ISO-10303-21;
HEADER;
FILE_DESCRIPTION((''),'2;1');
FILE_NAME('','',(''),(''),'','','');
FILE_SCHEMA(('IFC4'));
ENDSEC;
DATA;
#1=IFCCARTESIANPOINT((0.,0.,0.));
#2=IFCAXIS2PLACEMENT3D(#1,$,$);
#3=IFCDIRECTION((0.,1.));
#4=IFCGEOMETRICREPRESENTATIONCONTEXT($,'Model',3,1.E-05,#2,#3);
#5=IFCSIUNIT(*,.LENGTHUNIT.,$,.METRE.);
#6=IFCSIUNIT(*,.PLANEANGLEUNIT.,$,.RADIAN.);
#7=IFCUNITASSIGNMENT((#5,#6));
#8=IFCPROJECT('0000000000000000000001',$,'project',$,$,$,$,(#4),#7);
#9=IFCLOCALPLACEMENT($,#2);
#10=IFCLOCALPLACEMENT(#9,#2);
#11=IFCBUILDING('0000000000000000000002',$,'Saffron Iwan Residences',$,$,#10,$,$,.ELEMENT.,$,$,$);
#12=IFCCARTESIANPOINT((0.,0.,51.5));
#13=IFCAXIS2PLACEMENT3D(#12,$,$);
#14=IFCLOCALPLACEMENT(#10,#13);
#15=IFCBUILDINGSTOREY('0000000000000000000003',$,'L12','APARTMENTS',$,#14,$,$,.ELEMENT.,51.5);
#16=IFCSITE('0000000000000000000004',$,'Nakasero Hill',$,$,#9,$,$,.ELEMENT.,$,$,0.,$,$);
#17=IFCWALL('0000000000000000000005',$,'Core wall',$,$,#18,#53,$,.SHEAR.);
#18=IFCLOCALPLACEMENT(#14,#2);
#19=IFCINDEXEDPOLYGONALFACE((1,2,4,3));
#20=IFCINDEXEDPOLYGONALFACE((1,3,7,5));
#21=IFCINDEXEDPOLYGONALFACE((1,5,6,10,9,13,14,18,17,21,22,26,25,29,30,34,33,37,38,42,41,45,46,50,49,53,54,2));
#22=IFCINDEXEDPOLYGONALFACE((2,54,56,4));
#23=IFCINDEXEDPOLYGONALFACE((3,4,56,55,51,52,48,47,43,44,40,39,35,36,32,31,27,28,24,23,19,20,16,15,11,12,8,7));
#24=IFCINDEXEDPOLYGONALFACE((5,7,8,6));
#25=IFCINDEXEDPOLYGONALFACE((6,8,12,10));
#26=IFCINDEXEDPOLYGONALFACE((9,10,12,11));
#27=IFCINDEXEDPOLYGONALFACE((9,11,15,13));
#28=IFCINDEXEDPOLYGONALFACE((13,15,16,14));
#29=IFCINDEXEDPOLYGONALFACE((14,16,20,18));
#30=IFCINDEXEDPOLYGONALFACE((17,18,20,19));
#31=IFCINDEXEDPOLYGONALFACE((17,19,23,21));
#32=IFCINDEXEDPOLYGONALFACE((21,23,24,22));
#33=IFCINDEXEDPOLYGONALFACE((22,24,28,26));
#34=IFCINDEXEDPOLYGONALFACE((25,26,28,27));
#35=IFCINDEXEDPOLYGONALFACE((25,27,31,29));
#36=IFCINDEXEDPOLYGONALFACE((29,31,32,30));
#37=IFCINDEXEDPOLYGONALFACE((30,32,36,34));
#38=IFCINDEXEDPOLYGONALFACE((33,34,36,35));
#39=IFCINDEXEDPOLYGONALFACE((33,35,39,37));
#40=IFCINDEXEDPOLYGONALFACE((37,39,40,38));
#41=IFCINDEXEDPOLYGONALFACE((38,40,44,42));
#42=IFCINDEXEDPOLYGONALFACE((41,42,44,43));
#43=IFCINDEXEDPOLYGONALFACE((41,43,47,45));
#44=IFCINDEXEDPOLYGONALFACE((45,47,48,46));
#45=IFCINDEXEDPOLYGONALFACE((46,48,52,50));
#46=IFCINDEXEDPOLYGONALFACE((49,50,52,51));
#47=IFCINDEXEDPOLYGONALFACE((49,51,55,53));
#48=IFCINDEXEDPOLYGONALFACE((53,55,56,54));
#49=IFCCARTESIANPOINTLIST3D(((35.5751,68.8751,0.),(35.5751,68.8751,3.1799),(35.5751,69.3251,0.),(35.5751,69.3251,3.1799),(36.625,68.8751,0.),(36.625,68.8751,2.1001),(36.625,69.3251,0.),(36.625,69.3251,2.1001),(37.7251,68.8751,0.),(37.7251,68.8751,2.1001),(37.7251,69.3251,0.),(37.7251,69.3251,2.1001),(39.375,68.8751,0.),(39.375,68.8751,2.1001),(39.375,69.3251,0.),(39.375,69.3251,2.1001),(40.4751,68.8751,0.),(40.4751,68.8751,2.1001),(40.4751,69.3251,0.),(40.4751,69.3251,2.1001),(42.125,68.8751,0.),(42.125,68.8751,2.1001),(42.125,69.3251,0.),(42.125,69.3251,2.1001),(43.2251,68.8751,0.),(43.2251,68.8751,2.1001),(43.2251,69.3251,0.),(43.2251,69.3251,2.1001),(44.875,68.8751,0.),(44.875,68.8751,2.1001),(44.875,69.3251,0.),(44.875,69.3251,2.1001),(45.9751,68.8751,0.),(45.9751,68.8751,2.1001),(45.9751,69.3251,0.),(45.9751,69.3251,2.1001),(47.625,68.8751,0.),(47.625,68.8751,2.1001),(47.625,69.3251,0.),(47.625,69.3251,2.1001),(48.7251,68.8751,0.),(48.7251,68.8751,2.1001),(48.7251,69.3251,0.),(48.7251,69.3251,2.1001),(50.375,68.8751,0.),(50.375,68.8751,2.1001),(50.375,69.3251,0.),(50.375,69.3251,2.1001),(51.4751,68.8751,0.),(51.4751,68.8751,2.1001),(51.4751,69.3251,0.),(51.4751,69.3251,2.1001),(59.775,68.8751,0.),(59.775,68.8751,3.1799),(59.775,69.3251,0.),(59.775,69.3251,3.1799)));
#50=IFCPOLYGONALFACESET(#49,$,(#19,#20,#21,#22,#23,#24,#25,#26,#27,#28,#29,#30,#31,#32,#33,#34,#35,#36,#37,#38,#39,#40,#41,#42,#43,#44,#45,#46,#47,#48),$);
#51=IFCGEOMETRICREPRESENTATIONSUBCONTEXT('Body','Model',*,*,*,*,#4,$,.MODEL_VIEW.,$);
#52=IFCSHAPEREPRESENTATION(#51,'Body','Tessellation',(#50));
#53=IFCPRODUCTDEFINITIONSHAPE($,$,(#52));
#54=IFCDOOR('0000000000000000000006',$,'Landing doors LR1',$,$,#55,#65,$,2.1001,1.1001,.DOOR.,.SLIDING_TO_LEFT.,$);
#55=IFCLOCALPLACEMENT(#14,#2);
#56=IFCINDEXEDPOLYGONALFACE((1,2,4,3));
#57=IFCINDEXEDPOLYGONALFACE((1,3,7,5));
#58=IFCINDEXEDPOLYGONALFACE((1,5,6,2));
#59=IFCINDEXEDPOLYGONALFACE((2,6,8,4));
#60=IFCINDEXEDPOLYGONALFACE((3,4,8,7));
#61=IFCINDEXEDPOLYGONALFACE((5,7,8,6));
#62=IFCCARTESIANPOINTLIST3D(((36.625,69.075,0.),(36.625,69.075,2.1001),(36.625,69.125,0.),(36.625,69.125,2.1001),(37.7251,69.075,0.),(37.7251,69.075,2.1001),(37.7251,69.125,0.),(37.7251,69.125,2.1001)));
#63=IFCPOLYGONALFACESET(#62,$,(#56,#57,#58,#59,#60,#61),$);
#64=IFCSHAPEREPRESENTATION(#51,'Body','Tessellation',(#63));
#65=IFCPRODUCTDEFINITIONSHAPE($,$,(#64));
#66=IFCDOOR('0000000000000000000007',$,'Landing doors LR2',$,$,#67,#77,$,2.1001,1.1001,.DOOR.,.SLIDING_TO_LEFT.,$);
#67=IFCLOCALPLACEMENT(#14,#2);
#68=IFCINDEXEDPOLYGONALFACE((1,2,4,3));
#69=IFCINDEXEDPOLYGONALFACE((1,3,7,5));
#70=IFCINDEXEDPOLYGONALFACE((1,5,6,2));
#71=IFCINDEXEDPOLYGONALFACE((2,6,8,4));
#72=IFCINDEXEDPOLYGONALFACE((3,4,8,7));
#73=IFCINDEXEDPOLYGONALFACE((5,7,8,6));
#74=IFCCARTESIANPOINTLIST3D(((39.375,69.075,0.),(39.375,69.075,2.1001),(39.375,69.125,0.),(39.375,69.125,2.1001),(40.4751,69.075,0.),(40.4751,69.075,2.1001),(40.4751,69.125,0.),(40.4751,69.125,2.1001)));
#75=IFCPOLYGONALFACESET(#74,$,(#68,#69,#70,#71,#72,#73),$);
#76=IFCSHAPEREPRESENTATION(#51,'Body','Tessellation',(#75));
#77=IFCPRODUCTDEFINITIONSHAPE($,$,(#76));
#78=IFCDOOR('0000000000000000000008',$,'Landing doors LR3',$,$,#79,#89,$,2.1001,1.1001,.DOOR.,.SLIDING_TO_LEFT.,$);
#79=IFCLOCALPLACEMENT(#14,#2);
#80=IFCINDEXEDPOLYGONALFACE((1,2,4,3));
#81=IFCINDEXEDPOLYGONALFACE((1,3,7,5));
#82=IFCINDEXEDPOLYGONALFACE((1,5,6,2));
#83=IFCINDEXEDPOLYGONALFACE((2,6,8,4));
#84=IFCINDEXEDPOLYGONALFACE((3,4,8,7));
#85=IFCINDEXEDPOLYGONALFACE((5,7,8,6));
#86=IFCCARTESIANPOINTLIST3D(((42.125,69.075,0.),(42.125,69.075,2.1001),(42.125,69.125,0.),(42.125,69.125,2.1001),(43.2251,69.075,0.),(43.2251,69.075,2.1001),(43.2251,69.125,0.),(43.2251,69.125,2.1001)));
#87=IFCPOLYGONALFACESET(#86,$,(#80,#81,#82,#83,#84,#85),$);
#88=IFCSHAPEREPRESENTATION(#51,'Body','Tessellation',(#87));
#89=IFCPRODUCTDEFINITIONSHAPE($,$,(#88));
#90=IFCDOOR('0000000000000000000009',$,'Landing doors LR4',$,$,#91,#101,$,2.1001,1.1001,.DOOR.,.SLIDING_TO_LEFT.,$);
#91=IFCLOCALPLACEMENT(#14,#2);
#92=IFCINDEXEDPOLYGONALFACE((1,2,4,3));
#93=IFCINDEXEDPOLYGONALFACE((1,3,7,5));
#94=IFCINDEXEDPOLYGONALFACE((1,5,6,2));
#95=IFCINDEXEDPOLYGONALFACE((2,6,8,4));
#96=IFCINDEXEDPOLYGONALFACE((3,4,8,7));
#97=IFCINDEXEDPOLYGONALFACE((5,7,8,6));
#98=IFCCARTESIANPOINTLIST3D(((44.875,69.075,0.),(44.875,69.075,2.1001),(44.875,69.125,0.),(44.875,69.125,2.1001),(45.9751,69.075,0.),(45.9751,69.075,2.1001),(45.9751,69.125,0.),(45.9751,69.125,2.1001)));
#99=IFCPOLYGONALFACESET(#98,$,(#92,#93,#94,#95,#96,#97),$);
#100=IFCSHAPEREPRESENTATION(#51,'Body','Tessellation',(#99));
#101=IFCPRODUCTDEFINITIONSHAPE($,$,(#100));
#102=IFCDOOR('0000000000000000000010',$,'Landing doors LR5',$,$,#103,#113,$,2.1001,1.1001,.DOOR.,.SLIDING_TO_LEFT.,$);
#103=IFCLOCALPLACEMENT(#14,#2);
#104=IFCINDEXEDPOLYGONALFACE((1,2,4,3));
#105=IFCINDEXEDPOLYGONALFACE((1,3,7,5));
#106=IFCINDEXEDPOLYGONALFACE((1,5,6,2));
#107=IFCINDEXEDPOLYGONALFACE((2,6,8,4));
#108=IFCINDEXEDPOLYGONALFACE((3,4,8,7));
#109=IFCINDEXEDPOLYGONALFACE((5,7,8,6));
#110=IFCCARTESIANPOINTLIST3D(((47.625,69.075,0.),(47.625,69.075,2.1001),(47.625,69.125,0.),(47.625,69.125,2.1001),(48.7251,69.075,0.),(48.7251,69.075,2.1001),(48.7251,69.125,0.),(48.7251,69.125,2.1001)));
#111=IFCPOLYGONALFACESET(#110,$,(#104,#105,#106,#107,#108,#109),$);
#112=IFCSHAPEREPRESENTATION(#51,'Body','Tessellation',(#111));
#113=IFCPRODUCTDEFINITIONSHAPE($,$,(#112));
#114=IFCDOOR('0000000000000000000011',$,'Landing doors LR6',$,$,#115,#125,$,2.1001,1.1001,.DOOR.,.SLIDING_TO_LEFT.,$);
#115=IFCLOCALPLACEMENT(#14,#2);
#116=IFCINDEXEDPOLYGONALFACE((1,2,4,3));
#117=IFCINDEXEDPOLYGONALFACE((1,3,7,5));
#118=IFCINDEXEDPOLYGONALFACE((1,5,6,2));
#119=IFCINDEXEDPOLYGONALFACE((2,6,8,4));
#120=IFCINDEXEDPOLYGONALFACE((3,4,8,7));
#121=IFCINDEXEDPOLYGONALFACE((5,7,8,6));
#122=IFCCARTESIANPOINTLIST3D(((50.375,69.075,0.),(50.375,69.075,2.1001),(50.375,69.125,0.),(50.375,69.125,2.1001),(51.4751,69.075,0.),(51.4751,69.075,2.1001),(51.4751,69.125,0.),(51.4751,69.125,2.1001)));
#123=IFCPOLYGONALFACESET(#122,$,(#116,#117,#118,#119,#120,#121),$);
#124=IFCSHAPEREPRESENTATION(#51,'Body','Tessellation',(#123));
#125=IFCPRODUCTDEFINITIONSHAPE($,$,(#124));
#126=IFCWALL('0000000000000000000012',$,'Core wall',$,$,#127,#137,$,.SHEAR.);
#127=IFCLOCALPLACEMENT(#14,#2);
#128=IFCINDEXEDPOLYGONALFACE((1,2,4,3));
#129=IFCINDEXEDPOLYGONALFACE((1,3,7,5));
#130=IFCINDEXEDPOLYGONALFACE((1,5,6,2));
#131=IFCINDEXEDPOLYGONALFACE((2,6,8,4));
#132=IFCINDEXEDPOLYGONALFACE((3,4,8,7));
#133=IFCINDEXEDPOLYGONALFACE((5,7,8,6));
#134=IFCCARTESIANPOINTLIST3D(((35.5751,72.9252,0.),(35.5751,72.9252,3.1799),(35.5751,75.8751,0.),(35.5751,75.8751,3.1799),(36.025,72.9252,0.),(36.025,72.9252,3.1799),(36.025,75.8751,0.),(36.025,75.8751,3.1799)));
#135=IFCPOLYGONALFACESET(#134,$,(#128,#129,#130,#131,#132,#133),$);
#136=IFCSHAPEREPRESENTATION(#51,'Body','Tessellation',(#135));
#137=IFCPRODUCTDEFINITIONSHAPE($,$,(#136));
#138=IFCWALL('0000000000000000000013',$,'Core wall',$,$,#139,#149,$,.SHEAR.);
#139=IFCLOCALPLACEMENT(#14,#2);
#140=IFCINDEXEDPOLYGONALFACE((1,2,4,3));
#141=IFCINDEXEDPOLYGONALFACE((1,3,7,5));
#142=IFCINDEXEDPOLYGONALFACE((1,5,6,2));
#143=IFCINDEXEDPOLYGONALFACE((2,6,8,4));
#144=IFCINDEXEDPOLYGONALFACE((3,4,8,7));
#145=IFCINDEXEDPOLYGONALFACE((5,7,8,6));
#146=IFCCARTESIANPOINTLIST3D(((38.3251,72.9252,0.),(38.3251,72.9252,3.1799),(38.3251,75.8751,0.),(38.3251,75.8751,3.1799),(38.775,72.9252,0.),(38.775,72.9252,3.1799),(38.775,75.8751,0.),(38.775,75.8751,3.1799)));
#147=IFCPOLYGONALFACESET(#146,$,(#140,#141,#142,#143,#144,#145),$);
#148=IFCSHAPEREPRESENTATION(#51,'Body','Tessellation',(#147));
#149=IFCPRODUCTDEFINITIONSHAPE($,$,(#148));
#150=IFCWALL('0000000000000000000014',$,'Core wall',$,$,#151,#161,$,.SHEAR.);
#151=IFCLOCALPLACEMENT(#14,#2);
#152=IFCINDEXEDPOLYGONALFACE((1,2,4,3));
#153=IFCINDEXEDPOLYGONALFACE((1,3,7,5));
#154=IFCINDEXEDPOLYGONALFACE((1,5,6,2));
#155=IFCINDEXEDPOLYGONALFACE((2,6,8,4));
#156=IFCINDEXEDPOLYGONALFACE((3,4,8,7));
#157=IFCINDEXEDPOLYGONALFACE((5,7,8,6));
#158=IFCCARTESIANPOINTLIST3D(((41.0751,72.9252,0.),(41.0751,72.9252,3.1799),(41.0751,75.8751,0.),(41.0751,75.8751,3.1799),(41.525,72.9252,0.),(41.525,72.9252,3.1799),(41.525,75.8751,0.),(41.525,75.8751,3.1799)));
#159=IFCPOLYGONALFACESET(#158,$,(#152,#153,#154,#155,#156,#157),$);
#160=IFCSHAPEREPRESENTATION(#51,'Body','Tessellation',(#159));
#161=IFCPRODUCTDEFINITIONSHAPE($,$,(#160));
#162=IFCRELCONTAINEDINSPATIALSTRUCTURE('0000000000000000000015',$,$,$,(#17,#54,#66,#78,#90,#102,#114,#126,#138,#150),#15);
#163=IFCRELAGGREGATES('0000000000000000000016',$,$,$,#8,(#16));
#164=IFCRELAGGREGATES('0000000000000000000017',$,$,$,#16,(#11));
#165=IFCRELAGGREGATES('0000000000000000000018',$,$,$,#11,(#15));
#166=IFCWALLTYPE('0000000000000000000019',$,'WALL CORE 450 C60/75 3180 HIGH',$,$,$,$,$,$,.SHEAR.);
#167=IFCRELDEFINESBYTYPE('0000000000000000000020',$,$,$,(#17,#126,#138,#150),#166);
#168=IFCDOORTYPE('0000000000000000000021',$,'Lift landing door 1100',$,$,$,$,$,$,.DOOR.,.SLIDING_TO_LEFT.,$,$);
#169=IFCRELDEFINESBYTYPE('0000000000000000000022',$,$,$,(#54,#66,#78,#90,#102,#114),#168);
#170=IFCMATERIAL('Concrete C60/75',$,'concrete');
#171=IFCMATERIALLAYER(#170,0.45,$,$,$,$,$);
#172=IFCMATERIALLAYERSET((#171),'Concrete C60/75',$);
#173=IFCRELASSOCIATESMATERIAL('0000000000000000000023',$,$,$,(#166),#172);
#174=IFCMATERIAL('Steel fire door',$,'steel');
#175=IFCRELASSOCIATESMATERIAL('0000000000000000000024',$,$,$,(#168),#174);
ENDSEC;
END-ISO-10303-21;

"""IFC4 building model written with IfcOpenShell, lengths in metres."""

from ifc_helpers import new_model, si_unit, direction, frame, frame_2d, origin, place, context, subcontext, project, spatial, rectangle, extrude, material, layer, layer_set, type_object, element, fill, save


model = new_model("IFC4")

# Units and contexts
model_context = context("Model", 3, precision=1e-05, world=origin(), true_north=direction((0.0, 1.0)))
body_context = subcontext(model_context, "Body", "Model", "MODEL_VIEW")
ifc_project = project(units=[si_unit("LENGTHUNIT", "METRE"), si_unit("PLANEANGLEUNIT", "RADIAN")], contexts=[model_context])

# Site, building, storey
site_placement = place(None, origin())
site = spatial("IfcSite", under=ifc_project, at=site_placement, Name="Nakasero Hill", CompositionType="ELEMENT", RefElevation=0.0)
building_placement = place(site_placement, origin())
building = spatial("IfcBuilding", under=site, at=building_placement, Name="Saffron Iwan Residences", CompositionType="ELEMENT")
storey_placement = place(building_placement, frame((0.0, 0.0, 51.5)))
storey = spatial("IfcBuildingStorey", under=building, at=storey_placement, Name="L12", Description="APARTMENTS", CompositionType="ELEMENT", Elevation=51.5)

# Shared definitions
ifc_material_1 = material(Name="Concrete C60/75", Category="concrete")

# Shared definitions
ifc_material_2 = material(Name="Steel fire door", Category="steel")

# Wall, openings, doors
ifc_layer_1 = layer(ifc_material_1, 0.45)
ifc_layer_set_1 = layer_set([ifc_layer_1], Name="Concrete C60/75")
wall_type_1 = type_object("IfcWallType", Name="WALL CORE 450 C60/75 3180 HIGH", PredefinedType="SHEAR", material=ifc_layer_set_1)
wall_1_placement = place(storey_placement, frame((35.575, 69.1001, 0.0), z_axis=(0.0, 0.0, 1.0), x_axis=(1.0, 0.0, 0.0)))
wall_1 = element("IfcWall", 1, at=wall_1_placement, inside=storey, type_object=wall_type_1, Name="Core wall", PredefinedType="SHEAR", context=body_context, shape_type="SweptSolid", body=[
    extrude(rectangle(XDim=24.2, YDim=0.45, at=frame_2d((12.1001, 0.0))), origin(), (0.0, 0.0, 1.0), 3.1799),
])
opening_1_placement = place(wall_1_placement, frame((1.05, 0.0, 0.0)))
opening_1 = element("IfcOpeningElement", 2, at=opening_1_placement, cuts=wall_1, PredefinedType="OPENING", context=body_context, shape_type="SweptSolid", body=[
    extrude(rectangle(XDim=1.1001, YDim=2.1001, at=frame_2d((0.55, 1.05))), frame((0.0, 0.2349, 0.0), z_axis=(0.0, -1.0, 0.0), x_axis=(1.0, 0.0, 0.0)), (0.0, 0.0, 1.0), 0.47),
])
opening_2_placement = place(wall_1_placement, frame((3.8, 0.0, 0.0)))
opening_2 = element("IfcOpeningElement", 3, at=opening_2_placement, cuts=wall_1, PredefinedType="OPENING", context=body_context, shape_type="SweptSolid", body=[
    extrude(rectangle(XDim=1.1001, YDim=2.1001, at=frame_2d((0.55, 1.05))), frame((0.0, 0.2349, 0.0), z_axis=(0.0, -1.0, 0.0), x_axis=(1.0, 0.0, 0.0)), (0.0, 0.0, 1.0), 0.47),
])
opening_3_placement = place(wall_1_placement, frame((6.55, 0.0, 0.0)))
opening_3 = element("IfcOpeningElement", 4, at=opening_3_placement, cuts=wall_1, PredefinedType="OPENING", context=body_context, shape_type="SweptSolid", body=[
    extrude(rectangle(XDim=1.1001, YDim=2.1001, at=frame_2d((0.55, 1.05))), frame((0.0, 0.2349, 0.0), z_axis=(0.0, -1.0, 0.0), x_axis=(1.0, 0.0, 0.0)), (0.0, 0.0, 1.0), 0.47),
])
opening_4_placement = place(wall_1_placement, frame((9.3, 0.0, 0.0)))
opening_4 = element("IfcOpeningElement", 5, at=opening_4_placement, cuts=wall_1, PredefinedType="OPENING", context=body_context, shape_type="SweptSolid", body=[
    extrude(rectangle(XDim=1.1001, YDim=2.1001, at=frame_2d((0.55, 1.05))), frame((0.0, 0.2349, 0.0), z_axis=(0.0, -1.0, 0.0), x_axis=(1.0, 0.0, 0.0)), (0.0, 0.0, 1.0), 0.47),
])
opening_5_placement = place(wall_1_placement, frame((12.05, 0.0, 0.0)))
opening_5 = element("IfcOpeningElement", 6, at=opening_5_placement, cuts=wall_1, PredefinedType="OPENING", context=body_context, shape_type="SweptSolid", body=[
    extrude(rectangle(XDim=1.1001, YDim=2.1001, at=frame_2d((0.55, 1.05))), frame((0.0, 0.2349, 0.0), z_axis=(0.0, -1.0, 0.0), x_axis=(1.0, 0.0, 0.0)), (0.0, 0.0, 1.0), 0.47),
])
opening_6_placement = place(wall_1_placement, frame((14.8, 0.0, 0.0)))
opening_6 = element("IfcOpeningElement", 7, at=opening_6_placement, cuts=wall_1, PredefinedType="OPENING", context=body_context, shape_type="SweptSolid", body=[
    extrude(rectangle(XDim=1.1001, YDim=2.1001, at=frame_2d((0.55, 1.05))), frame((0.0, 0.2349, 0.0), z_axis=(0.0, -1.0, 0.0), x_axis=(1.0, 0.0, 0.0)), (0.0, 0.0, 1.0), 0.47),
])
door_type_1 = type_object("IfcDoorType", Name="Lift landing door 1100", OperationType="SLIDING_TO_LEFT", PredefinedType="DOOR", material=ifc_material_2)
door_1_placement = place(opening_1_placement, origin())
door_1 = element("IfcDoor", 8, at=door_1_placement, inside=storey, type_object=door_type_1, Name="Landing doors LR1", OperationType="SLIDING_TO_LEFT", OverallHeight=2.1001, OverallWidth=1.1001, PredefinedType="DOOR", context=body_context, shape_type="SweptSolid", body=[
    extrude(rectangle(XDim=1.1001, YDim=2.1001, at=frame_2d((0.55, 1.05))), frame((0.0, 0.0249, 0.0), z_axis=(0.0, -1.0, 0.0), x_axis=(1.0, 0.0, 0.0)), (0.0, 0.0, 1.0), 0.05),
])
fill(opening_1, door_1)
door_2_placement = place(opening_2_placement, origin())
door_2 = element("IfcDoor", 9, at=door_2_placement, inside=storey, type_object=door_type_1, Name="Landing doors LR2", OperationType="SLIDING_TO_LEFT", OverallHeight=2.1001, OverallWidth=1.1001, PredefinedType="DOOR", context=body_context, shape_type="SweptSolid", body=[
    extrude(rectangle(XDim=1.1001, YDim=2.1001, at=frame_2d((0.55, 1.05))), frame((0.0, 0.0249, 0.0), z_axis=(0.0, -1.0, 0.0), x_axis=(1.0, 0.0, 0.0)), (0.0, 0.0, 1.0), 0.05),
])
fill(opening_2, door_2)
door_3_placement = place(opening_3_placement, origin())
door_3 = element("IfcDoor", 10, at=door_3_placement, inside=storey, type_object=door_type_1, Name="Landing doors LR3", OperationType="SLIDING_TO_LEFT", OverallHeight=2.1001, OverallWidth=1.1001, PredefinedType="DOOR", context=body_context, shape_type="SweptSolid", body=[
    extrude(rectangle(XDim=1.1001, YDim=2.1001, at=frame_2d((0.55, 1.05))), frame((0.0, 0.0249, 0.0), z_axis=(0.0, -1.0, 0.0), x_axis=(1.0, 0.0, 0.0)), (0.0, 0.0, 1.0), 0.05),
])
fill(opening_3, door_3)
door_4_placement = place(opening_4_placement, origin())
door_4 = element("IfcDoor", 11, at=door_4_placement, inside=storey, type_object=door_type_1, Name="Landing doors LR4", OperationType="SLIDING_TO_LEFT", OverallHeight=2.1001, OverallWidth=1.1001, PredefinedType="DOOR", context=body_context, shape_type="SweptSolid", body=[
    extrude(rectangle(XDim=1.1001, YDim=2.1001, at=frame_2d((0.55, 1.05))), frame((0.0, 0.0249, 0.0), z_axis=(0.0, -1.0, 0.0), x_axis=(1.0, 0.0, 0.0)), (0.0, 0.0, 1.0), 0.05),
])
fill(opening_4, door_4)
door_5_placement = place(opening_5_placement, origin())
door_5 = element("IfcDoor", 12, at=door_5_placement, inside=storey, type_object=door_type_1, Name="Landing doors LR5", OperationType="SLIDING_TO_LEFT", OverallHeight=2.1001, OverallWidth=1.1001, PredefinedType="DOOR", context=body_context, shape_type="SweptSolid", body=[
    extrude(rectangle(XDim=1.1001, YDim=2.1001, at=frame_2d((0.55, 1.05))), frame((0.0, 0.0249, 0.0), z_axis=(0.0, -1.0, 0.0), x_axis=(1.0, 0.0, 0.0)), (0.0, 0.0, 1.0), 0.05),
])
fill(opening_5, door_5)
door_6_placement = place(opening_6_placement, origin())
door_6 = element("IfcDoor", 13, at=door_6_placement, inside=storey, type_object=door_type_1, Name="Landing doors LR6", OperationType="SLIDING_TO_LEFT", OverallHeight=2.1001, OverallWidth=1.1001, PredefinedType="DOOR", context=body_context, shape_type="SweptSolid", body=[
    extrude(rectangle(XDim=1.1001, YDim=2.1001, at=frame_2d((0.55, 1.05))), frame((0.0, 0.0249, 0.0), z_axis=(0.0, -1.0, 0.0), x_axis=(1.0, 0.0, 0.0)), (0.0, 0.0, 1.0), 0.05),
])
fill(opening_6, door_6)

# Walls
for number, where, z_axis, x_axis, name in (
    (14, (35.8, 72.925, 0.0), (0.0, 0.0, 1.0), (0.0, 1.0, 0.0), "Core wall"),
    (15, (38.55, 72.925, 0.0), (0.0, 0.0, 1.0), (0.0, 1.0, 0.0), "Core wall"),
    (16, (41.3, 72.925, 0.0), (0.0, 0.0, 1.0), (0.0, 1.0, 0.0), "Core wall"),
):
    element("IfcWall", number, at=place(storey_placement, frame(where, z_axis=z_axis, x_axis=x_axis)), inside=storey, type_object=wall_type_1, Name=name, PredefinedType="SHEAR", context=body_context, shape_type="SweptSolid", body=[
        extrude(rectangle(XDim=2.95, YDim=0.45, at=frame_2d((1.4751, 0.0))), origin(), (0.0, 0.0, 1.0), 3.1799),
    ])

save(model, "model.ifc")
